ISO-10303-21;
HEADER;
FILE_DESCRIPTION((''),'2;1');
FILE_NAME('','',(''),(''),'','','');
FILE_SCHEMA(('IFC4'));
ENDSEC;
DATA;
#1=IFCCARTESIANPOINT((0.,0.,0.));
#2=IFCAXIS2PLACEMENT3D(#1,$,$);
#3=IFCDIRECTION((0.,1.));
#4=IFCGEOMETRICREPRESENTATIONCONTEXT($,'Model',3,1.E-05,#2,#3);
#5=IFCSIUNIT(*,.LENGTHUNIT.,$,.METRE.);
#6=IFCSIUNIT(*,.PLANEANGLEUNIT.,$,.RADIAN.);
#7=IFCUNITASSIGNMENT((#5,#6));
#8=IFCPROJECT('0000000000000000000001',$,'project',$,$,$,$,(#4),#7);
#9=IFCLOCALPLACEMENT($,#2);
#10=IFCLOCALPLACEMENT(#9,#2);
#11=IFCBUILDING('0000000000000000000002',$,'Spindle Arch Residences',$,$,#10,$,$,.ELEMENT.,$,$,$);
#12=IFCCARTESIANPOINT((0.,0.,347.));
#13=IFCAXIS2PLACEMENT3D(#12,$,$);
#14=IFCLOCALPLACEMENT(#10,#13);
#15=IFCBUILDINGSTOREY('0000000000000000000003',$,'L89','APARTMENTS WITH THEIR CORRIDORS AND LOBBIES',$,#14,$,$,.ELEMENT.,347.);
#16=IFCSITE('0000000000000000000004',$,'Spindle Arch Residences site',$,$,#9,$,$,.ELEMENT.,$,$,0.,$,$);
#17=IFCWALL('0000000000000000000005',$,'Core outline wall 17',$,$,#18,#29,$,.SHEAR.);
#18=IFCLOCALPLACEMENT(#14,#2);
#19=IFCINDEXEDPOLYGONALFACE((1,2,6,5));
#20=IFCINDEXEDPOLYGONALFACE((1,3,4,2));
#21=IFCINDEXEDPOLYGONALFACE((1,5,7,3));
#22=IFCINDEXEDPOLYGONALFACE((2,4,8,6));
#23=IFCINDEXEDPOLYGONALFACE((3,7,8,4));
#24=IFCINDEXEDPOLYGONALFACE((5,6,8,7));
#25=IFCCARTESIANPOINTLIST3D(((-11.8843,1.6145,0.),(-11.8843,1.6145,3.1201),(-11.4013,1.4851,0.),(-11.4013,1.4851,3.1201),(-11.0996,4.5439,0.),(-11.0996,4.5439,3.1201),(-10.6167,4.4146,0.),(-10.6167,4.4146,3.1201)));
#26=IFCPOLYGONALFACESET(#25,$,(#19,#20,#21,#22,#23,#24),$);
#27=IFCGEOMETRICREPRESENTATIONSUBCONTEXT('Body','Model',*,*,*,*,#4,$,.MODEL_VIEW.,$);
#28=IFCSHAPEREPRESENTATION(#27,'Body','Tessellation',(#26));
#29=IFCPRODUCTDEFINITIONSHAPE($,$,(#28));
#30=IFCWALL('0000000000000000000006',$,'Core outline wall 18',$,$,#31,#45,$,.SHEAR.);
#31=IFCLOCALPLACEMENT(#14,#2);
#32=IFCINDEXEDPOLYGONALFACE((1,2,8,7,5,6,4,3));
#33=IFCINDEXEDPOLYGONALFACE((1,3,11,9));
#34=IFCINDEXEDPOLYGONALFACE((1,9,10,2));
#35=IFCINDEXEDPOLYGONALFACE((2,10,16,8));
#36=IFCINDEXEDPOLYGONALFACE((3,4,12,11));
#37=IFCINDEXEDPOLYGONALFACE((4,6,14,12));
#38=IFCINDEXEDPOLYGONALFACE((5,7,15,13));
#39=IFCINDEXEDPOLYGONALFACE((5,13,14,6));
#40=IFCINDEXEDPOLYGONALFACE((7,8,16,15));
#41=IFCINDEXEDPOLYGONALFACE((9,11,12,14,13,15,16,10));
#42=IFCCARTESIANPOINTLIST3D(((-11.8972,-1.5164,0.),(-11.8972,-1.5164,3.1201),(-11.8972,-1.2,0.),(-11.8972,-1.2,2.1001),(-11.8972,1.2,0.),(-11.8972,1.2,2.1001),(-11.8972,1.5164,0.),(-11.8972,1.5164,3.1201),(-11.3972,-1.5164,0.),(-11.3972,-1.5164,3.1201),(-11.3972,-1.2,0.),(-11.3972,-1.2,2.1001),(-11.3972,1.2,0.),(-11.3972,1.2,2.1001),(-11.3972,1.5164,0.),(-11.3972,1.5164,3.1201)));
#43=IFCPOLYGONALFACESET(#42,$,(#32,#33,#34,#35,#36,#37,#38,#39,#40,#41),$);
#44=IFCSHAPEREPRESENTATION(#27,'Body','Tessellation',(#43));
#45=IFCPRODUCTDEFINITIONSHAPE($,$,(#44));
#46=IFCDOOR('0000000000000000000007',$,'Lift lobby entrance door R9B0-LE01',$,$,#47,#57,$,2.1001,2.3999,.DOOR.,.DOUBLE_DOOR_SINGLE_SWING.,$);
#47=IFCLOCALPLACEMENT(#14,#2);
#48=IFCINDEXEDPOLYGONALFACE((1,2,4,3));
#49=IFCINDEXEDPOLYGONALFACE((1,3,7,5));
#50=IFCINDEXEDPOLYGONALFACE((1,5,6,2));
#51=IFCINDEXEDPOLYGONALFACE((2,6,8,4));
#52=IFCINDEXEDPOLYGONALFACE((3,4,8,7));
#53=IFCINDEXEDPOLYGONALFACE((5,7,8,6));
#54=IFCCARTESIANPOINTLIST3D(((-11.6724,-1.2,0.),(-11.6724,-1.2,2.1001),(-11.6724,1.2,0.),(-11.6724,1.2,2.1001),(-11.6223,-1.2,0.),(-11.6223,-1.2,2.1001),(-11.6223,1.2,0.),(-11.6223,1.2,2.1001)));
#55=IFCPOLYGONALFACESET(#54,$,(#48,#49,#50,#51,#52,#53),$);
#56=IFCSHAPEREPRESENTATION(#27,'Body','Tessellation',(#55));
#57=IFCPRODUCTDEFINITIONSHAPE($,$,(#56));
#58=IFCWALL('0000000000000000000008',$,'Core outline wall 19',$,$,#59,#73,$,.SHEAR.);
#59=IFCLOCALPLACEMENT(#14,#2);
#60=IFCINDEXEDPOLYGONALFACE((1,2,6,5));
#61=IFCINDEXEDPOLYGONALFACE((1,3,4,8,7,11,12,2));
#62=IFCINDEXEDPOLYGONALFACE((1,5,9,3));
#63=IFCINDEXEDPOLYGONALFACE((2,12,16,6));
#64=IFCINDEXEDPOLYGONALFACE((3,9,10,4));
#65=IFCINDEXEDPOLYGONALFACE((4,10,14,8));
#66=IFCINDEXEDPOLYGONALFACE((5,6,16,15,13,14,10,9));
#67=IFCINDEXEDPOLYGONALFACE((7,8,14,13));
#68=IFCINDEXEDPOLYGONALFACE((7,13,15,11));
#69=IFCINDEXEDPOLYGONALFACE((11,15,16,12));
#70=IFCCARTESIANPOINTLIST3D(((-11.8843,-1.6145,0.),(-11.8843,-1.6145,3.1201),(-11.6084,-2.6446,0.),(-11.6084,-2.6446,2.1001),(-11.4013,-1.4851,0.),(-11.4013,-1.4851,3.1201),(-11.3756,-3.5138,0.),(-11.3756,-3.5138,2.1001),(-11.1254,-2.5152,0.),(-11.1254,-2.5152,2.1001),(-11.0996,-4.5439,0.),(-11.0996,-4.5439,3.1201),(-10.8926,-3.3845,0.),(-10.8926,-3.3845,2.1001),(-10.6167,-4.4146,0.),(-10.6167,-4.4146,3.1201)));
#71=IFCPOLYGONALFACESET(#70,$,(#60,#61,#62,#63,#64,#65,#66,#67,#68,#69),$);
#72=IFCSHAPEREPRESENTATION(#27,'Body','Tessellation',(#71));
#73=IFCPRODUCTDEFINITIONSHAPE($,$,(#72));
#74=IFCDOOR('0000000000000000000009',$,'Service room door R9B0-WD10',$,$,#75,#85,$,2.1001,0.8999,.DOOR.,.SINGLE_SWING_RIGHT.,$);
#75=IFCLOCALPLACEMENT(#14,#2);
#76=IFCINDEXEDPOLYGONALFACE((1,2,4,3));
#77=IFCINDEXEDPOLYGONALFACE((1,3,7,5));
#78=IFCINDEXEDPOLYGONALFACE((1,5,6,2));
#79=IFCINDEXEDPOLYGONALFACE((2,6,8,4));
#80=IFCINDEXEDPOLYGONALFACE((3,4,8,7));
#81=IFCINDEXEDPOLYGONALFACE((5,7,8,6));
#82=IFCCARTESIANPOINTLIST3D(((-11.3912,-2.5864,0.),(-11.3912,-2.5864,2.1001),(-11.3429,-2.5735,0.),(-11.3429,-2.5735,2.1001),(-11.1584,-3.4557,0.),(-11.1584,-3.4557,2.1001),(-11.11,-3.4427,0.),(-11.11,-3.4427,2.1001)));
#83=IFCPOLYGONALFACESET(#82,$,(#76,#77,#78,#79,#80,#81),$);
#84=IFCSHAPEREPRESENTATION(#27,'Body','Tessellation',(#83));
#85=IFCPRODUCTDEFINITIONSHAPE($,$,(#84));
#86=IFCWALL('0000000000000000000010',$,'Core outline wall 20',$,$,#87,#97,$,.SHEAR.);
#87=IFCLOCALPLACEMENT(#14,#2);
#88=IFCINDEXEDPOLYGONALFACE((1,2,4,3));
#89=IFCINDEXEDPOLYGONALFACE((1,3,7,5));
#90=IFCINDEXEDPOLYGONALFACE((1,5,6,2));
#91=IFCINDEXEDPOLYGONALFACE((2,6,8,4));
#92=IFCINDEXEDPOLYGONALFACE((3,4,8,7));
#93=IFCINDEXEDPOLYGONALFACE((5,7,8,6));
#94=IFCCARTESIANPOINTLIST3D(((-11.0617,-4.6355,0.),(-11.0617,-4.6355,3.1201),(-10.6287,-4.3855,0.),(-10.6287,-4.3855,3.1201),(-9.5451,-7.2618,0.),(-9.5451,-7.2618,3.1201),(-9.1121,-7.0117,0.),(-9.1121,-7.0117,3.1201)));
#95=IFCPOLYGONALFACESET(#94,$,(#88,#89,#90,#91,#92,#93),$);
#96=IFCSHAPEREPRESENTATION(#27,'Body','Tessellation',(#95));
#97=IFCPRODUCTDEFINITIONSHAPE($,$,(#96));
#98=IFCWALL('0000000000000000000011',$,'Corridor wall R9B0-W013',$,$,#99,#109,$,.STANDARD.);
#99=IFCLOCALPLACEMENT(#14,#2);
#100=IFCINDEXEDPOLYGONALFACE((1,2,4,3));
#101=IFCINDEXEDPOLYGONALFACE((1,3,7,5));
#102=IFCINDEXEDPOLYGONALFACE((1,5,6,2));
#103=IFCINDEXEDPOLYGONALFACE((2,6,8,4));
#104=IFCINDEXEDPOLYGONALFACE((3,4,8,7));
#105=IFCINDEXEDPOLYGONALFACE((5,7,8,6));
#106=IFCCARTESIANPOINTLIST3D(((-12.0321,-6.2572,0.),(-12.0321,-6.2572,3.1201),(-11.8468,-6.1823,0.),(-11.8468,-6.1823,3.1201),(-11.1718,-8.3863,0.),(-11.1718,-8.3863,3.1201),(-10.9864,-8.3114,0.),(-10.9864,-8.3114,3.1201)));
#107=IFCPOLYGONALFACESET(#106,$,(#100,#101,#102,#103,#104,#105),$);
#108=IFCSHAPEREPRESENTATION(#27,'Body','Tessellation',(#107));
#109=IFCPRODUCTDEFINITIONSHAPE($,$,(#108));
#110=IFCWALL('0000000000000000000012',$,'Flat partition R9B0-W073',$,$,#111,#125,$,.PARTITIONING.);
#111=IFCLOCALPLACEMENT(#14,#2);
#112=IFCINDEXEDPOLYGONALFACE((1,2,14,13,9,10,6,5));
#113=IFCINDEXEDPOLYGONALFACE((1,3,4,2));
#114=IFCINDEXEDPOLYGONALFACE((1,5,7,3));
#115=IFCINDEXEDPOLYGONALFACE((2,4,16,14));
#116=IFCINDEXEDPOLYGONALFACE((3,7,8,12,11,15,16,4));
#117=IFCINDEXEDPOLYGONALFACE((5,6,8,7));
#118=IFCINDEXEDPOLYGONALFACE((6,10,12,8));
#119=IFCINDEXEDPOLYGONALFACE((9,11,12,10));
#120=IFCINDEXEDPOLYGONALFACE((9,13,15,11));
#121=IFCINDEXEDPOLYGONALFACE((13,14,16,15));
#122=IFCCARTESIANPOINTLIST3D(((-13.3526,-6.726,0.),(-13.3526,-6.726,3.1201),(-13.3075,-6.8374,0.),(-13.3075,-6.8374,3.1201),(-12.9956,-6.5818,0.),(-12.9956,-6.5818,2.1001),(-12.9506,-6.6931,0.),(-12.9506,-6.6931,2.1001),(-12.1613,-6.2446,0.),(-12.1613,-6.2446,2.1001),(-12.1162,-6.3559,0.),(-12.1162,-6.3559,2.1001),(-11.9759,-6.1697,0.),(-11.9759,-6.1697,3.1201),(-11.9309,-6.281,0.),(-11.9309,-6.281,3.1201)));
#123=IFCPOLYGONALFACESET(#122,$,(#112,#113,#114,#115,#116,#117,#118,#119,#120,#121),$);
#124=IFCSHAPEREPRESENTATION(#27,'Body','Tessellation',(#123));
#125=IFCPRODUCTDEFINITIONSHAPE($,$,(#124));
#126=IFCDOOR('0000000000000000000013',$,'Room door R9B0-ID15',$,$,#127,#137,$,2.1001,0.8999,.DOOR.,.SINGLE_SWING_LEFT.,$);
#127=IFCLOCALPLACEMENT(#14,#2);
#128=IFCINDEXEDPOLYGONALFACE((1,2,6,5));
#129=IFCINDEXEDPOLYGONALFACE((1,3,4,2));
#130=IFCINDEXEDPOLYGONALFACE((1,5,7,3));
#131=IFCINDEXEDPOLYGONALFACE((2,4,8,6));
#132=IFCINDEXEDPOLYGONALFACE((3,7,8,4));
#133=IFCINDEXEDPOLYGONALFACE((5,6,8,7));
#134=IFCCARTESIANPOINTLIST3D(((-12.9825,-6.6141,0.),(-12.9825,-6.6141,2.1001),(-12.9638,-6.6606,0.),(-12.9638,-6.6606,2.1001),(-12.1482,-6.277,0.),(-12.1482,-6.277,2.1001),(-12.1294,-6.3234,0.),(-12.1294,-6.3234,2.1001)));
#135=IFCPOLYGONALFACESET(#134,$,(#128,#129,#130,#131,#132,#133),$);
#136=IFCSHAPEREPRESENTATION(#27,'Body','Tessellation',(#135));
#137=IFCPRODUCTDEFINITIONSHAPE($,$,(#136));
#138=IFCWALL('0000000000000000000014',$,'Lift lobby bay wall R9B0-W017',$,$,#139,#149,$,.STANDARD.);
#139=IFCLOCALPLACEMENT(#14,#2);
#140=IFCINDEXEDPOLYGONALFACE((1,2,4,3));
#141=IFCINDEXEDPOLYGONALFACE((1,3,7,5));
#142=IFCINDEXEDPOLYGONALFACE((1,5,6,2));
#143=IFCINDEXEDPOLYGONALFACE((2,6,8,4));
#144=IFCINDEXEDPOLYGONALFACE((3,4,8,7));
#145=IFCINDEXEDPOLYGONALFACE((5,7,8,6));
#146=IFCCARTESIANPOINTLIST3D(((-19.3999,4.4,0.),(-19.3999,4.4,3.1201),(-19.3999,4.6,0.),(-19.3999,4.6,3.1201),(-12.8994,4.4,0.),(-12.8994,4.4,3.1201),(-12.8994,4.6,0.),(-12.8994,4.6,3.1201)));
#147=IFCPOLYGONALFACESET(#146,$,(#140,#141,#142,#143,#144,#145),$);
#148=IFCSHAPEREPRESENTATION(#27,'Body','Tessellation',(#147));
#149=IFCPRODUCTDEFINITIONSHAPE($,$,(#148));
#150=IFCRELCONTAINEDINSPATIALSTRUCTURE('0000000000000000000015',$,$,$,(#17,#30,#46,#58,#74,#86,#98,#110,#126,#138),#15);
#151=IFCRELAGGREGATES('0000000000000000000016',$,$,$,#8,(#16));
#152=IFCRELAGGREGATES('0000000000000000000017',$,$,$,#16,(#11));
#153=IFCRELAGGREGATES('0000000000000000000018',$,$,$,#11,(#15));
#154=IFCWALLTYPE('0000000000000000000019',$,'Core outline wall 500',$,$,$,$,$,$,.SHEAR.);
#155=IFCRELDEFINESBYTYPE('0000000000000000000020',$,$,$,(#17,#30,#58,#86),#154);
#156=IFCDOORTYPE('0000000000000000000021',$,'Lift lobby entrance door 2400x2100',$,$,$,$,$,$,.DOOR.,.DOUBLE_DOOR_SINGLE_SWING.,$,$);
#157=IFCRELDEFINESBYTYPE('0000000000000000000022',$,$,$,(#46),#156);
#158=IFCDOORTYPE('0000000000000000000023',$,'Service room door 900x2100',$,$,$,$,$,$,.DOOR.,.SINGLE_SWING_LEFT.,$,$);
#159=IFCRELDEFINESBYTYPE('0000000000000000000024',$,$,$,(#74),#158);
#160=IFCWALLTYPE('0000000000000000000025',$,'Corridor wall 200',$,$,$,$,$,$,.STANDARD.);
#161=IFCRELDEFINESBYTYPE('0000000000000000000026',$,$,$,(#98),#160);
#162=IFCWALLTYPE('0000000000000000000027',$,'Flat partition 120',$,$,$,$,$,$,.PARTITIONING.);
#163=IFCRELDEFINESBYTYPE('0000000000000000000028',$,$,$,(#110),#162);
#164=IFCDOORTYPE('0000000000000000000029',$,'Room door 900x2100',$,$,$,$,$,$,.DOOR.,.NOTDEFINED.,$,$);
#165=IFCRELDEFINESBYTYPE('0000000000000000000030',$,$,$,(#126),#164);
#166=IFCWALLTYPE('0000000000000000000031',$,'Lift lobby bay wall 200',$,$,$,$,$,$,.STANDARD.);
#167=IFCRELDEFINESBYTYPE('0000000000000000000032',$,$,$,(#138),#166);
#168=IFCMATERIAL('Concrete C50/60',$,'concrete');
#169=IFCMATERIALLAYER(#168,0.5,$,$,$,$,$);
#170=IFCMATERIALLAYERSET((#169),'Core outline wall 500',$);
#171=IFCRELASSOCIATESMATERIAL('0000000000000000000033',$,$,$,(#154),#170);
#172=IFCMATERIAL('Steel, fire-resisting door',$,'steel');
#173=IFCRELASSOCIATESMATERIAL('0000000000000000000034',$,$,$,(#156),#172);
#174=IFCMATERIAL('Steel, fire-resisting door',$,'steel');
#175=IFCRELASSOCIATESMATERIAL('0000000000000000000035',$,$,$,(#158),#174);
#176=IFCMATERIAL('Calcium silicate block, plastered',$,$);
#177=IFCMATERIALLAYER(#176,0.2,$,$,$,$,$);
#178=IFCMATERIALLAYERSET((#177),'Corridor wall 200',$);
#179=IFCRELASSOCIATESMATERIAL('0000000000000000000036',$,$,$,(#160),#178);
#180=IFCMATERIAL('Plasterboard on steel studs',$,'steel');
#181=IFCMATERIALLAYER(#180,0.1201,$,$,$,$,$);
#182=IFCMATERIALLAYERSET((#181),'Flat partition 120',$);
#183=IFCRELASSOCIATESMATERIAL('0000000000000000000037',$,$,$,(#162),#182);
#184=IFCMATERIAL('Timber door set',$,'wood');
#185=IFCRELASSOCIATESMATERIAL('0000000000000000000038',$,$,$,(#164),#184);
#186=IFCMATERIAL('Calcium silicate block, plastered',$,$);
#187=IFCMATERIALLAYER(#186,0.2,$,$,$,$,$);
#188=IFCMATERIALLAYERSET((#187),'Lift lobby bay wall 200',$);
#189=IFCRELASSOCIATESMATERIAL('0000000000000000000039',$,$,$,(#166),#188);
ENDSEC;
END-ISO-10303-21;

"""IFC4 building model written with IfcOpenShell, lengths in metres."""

from ifc_helpers import new_model, si_unit, direction, frame, frame_2d, origin, place, context, subcontext, project, spatial, rectangle, extrude, material, layer, layer_set, type_object, element, fill, save


model = new_model("IFC4")

# Units and contexts
model_context = context("Model", 3, precision=1e-05, world=origin(), true_north=direction((0.0, 1.0)))
body_context = subcontext(model_context, "Body", "Model", "MODEL_VIEW")
ifc_project = project(units=[si_unit("LENGTHUNIT", "METRE"), si_unit("PLANEANGLEUNIT", "RADIAN")], contexts=[model_context])

# Site, building, storey
site_placement = place(None, origin())
site = spatial("IfcSite", under=ifc_project, at=site_placement, Name="Spindle Arch Residences site", CompositionType="ELEMENT", RefElevation=0.0)
building_placement = place(site_placement, origin())
building = spatial("IfcBuilding", under=site, at=building_placement, Name="Spindle Arch Residences", CompositionType="ELEMENT")
storey_placement = place(building_placement, frame((0.0, 0.0, 347.0)))
storey = spatial("IfcBuildingStorey", under=building, at=storey_placement, Name="L89", Description="APARTMENTS WITH THEIR CORRIDORS AND LOBBIES", CompositionType="ELEMENT", Elevation=347.0)

# Wall
ifc_material_1 = material(Name="Concrete C50/60", Category="concrete")
ifc_layer_1 = layer(ifc_material_1, 0.5)
ifc_layer_set_1 = layer_set([ifc_layer_1], Name="Core outline wall 500")
wall_type_1 = type_object("IfcWallType", Name="Core outline wall 500", PredefinedType="SHEAR", material=ifc_layer_set_1)
wall_1_placement = place(storey_placement, frame((-10.8582, 4.4792, 0.0), z_axis=(0.0, 0.0, 1.0), x_axis=(-0.258735, -0.965948, 0.0)))
element("IfcWall", 1, at=wall_1_placement, inside=storey, type_object=wall_type_1, Name="Core outline wall 17", PredefinedType="SHEAR", context=body_context, shape_type="SweptSolid", body=[
    extrude(rectangle(XDim=3.0327, YDim=0.5, at=frame_2d((1.5164, 0.0))), origin(), (0.0, 0.0, 1.0), 3.1201),
])

# Walls, openings, doors
wall_2_placement = place(storey_placement, frame((-11.6472, 1.5164, 0.0), z_axis=(0.0, 0.0, 1.0), x_axis=(0.0, -1.0, 0.0)))
wall_2 = element("IfcWall", 2, at=wall_2_placement, inside=storey, type_object=wall_type_1, Name="Core outline wall 18", PredefinedType="SHEAR", context=body_context, shape_type="SweptSolid", body=[
    extrude(rectangle(XDim=3.0327, YDim=0.5, at=frame_2d((1.5164, 0.0))), origin(), (0.0, 0.0, 1.0), 3.1201),
])
opening_1_placement = place(wall_2_placement, frame((0.3164, 0.0, 0.0)))
opening_1 = element("IfcOpeningElement", 3, at=opening_1_placement, cuts=wall_2, PredefinedType="OPENING", context=body_context, shape_type="SweptSolid", body=[
    extrude(rectangle(XDim=2.3999, YDim=2.1001, at=frame_2d((1.2, 1.05))), frame((0.0, 0.26, 0.0), z_axis=(0.0, -1.0, 0.0), x_axis=(1.0, 0.0, 0.0)), (0.0, 0.0, 1.0), 0.52),
])
ifc_material_2 = material(Name="Steel, fire-resisting door", Category="steel")
door_type_1 = type_object("IfcDoorType", Name="Lift lobby entrance door 2400x2100", OperationType="DOUBLE_DOOR_SINGLE_SWING", PredefinedType="DOOR", material=ifc_material_2)
door_1_placement = place(opening_1_placement, origin())
door_1 = element("IfcDoor", 4, at=door_1_placement, inside=storey, type_object=door_type_1, Name="Lift lobby entrance door R9B0-LE01", OperationType="DOUBLE_DOOR_SINGLE_SWING", OverallHeight=2.1001, OverallWidth=2.3999, PredefinedType="DOOR", context=body_context, shape_type="SweptSolid", body=[
    extrude(rectangle(XDim=2.3999, YDim=2.1001, at=frame_2d((1.2, 1.05))), frame((0.0, 0.0249, 0.0), z_axis=(0.0, -1.0, 0.0), x_axis=(1.0, 0.0, 0.0)), (0.0, 0.0, 1.0), 0.05),
])
fill(opening_1, door_1)
wall_3_placement = place(storey_placement, frame((-11.6428, -1.5498, 0.0), z_axis=(0.0, 0.0, 1.0), x_axis=(0.258735, -0.965948, 0.0)))
wall_3 = element("IfcWall", 5, at=wall_3_placement, inside=storey, type_object=wall_type_1, Name="Core outline wall 19", PredefinedType="SHEAR", context=body_context, shape_type="SweptSolid", body=[
    extrude(rectangle(XDim=3.0327, YDim=0.5, at=frame_2d((1.5164, 0.0))), origin(), (0.0, 0.0, 1.0), 3.1201),
])
opening_2_placement = place(wall_3_placement, frame((1.0664, 0.0, 0.0)))
opening_2 = element("IfcOpeningElement", 6, at=opening_2_placement, cuts=wall_3, PredefinedType="OPENING", context=body_context, shape_type="SweptSolid", body=[
    extrude(rectangle(XDim=0.8999, YDim=2.1001, at=frame_2d((0.45, 1.05))), frame((0.0, 0.26, 0.0), z_axis=(0.0, -1.0, 0.0), x_axis=(1.0, 0.0, 0.0)), (0.0, 0.0, 1.0), 0.52),
])
ifc_material_3 = material(Name="Steel, fire-resisting door", Category="steel")
door_type_2 = type_object("IfcDoorType", Name="Service room door 900x2100", OperationType="SINGLE_SWING_LEFT", PredefinedType="DOOR", material=ifc_material_3)
door_2_placement = place(opening_2_placement, origin())
door_2 = element("IfcDoor", 7, at=door_2_placement, inside=storey, type_object=door_type_2, Name="Service room door R9B0-WD10", OperationType="SINGLE_SWING_RIGHT", OverallHeight=2.1001, OverallWidth=0.8999, PredefinedType="DOOR", context=body_context, shape_type="SweptSolid", body=[
    extrude(rectangle(XDim=0.8999, YDim=2.1001, at=frame_2d((0.45, 1.05))), frame((0.0, 0.0249, 0.0), z_axis=(0.0, -1.0, 0.0), x_axis=(1.0, 0.0, 0.0)), (0.0, 0.0, 1.0), 0.05),
])
fill(opening_2, door_2)

# Walls
wall_4_placement = place(storey_placement, frame((-10.8452, -4.5105, 0.0), z_axis=(0.0, 0.0, 1.0), x_axis=(0.500087, -0.865975, 0.0)))
element("IfcWall", 8, at=wall_4_placement, inside=storey, type_object=wall_type_1, Name="Core outline wall 20", PredefinedType="SHEAR", context=body_context, shape_type="SweptSolid", body=[
    extrude(rectangle(XDim=3.0327, YDim=0.5, at=frame_2d((1.5164, 0.0))), origin(), (0.0, 0.0, 1.0), 3.1201),
])
ifc_material_4 = material(Name="Calcium silicate block, plastered")
ifc_layer_2 = layer(ifc_material_4, 0.2)
ifc_layer_set_2 = layer_set([ifc_layer_2], Name="Corridor wall 200")
wall_type_2 = type_object("IfcWallType", Name="Corridor wall 200", PredefinedType="STANDARD", material=ifc_layer_set_2)
wall_5_placement = place(storey_placement, frame((-11.9395, -6.2197, 0.0), z_axis=(0.0, 0.0, 1.0), x_axis=(0.374651, -0.927166, 0.0)))
element("IfcWall", 9, at=wall_5_placement, inside=storey, type_object=wall_type_2, Name="Corridor wall R9B0-W013", PredefinedType="STANDARD", context=body_context, shape_type="SweptSolid", body=[
    extrude(rectangle(XDim=2.2964, YDim=0.2, at=frame_2d((1.1482, 0.0))), origin(), (0.0, 0.0, 1.0), 3.1201),
])

# Wall, opening, door
ifc_material_5 = material(Name="Plasterboard on steel studs", Category="steel")
ifc_layer_3 = layer(ifc_material_5, 0.1201)
ifc_layer_set_3 = layer_set([ifc_layer_3], Name="Flat partition 120")
wall_type_3 = type_object("IfcWallType", Name="Flat partition 120", PredefinedType="PARTITIONING", material=ifc_layer_set_3)
wall_6_placement = place(storey_placement, frame((-11.9534, -6.2253, 0.0), z_axis=(0.0, 0.0, 1.0), x_axis=(-0.927144, -0.374705, 0.0)))
wall_6 = element("IfcWall", 10, at=wall_6_placement, inside=storey, type_object=wall_type_3, Name="Flat partition R9B0-W073", PredefinedType="PARTITIONING", context=body_context, shape_type="SweptSolid", body=[
    extrude(rectangle(XDim=1.4849, YDim=0.1201, at=frame_2d((0.7424, 0.0))), origin(), (0.0, 0.0, 1.0), 3.1201),
])
opening_3_placement = place(wall_6_placement, frame((0.2, 0.0, 0.0)))
opening_3 = element("IfcOpeningElement", 11, at=opening_3_placement, cuts=wall_6, PredefinedType="OPENING", context=body_context, shape_type="SweptSolid", body=[
    extrude(rectangle(XDim=0.8999, YDim=2.1001, at=frame_2d((0.45, 1.05))), frame((0.0, 0.0701, 0.0), z_axis=(0.0, -1.0, 0.0), x_axis=(1.0, 0.0, 0.0)), (0.0, 0.0, 1.0), 0.1401),
])
ifc_material_6 = material(Name="Timber door set", Category="wood")
door_type_3 = type_object("IfcDoorType", Name="Room door 900x2100", OperationType="NOTDEFINED", PredefinedType="DOOR", material=ifc_material_6)
door_3_placement = place(opening_3_placement, origin())
door_3 = element("IfcDoor", 12, at=door_3_placement, inside=storey, type_object=door_type_3, Name="Room door R9B0-ID15", OperationType="SINGLE_SWING_LEFT", OverallHeight=2.1001, OverallWidth=0.8999, PredefinedType="DOOR", context=body_context, shape_type="SweptSolid", body=[
    extrude(rectangle(XDim=0.8999, YDim=2.1001, at=frame_2d((0.45, 1.05))), frame((0.0, 0.0249, 0.0), z_axis=(0.0, -1.0, 0.0), x_axis=(1.0, 0.0, 0.0)), (0.0, 0.0, 1.0), 0.05),
])
fill(opening_3, door_3)

# Wall
ifc_material_7 = material(Name="Calcium silicate block, plastered")
ifc_layer_4 = layer(ifc_material_7, 0.2)
ifc_layer_set_4 = layer_set([ifc_layer_4], Name="Lift lobby bay wall 200")
wall_type_4 = type_object("IfcWallType", Name="Lift lobby bay wall 200", PredefinedType="STANDARD", material=ifc_layer_set_4)
wall_7_placement = place(storey_placement, frame((-12.8994, 4.5, 0.0), z_axis=(0.0, 0.0, 1.0), x_axis=(-1.0, 0.0, 0.0)))
element("IfcWall", 13, at=wall_7_placement, inside=storey, type_object=wall_type_4, Name="Lift lobby bay wall R9B0-W017", PredefinedType="STANDARD", context=body_context, shape_type="SweptSolid", body=[
    extrude(rectangle(XDim=6.5005, YDim=0.2, at=frame_2d((3.2502, 0.0))), origin(), (0.0, 0.0, 1.0), 3.1201),
])

save(model, "model.ifc")
